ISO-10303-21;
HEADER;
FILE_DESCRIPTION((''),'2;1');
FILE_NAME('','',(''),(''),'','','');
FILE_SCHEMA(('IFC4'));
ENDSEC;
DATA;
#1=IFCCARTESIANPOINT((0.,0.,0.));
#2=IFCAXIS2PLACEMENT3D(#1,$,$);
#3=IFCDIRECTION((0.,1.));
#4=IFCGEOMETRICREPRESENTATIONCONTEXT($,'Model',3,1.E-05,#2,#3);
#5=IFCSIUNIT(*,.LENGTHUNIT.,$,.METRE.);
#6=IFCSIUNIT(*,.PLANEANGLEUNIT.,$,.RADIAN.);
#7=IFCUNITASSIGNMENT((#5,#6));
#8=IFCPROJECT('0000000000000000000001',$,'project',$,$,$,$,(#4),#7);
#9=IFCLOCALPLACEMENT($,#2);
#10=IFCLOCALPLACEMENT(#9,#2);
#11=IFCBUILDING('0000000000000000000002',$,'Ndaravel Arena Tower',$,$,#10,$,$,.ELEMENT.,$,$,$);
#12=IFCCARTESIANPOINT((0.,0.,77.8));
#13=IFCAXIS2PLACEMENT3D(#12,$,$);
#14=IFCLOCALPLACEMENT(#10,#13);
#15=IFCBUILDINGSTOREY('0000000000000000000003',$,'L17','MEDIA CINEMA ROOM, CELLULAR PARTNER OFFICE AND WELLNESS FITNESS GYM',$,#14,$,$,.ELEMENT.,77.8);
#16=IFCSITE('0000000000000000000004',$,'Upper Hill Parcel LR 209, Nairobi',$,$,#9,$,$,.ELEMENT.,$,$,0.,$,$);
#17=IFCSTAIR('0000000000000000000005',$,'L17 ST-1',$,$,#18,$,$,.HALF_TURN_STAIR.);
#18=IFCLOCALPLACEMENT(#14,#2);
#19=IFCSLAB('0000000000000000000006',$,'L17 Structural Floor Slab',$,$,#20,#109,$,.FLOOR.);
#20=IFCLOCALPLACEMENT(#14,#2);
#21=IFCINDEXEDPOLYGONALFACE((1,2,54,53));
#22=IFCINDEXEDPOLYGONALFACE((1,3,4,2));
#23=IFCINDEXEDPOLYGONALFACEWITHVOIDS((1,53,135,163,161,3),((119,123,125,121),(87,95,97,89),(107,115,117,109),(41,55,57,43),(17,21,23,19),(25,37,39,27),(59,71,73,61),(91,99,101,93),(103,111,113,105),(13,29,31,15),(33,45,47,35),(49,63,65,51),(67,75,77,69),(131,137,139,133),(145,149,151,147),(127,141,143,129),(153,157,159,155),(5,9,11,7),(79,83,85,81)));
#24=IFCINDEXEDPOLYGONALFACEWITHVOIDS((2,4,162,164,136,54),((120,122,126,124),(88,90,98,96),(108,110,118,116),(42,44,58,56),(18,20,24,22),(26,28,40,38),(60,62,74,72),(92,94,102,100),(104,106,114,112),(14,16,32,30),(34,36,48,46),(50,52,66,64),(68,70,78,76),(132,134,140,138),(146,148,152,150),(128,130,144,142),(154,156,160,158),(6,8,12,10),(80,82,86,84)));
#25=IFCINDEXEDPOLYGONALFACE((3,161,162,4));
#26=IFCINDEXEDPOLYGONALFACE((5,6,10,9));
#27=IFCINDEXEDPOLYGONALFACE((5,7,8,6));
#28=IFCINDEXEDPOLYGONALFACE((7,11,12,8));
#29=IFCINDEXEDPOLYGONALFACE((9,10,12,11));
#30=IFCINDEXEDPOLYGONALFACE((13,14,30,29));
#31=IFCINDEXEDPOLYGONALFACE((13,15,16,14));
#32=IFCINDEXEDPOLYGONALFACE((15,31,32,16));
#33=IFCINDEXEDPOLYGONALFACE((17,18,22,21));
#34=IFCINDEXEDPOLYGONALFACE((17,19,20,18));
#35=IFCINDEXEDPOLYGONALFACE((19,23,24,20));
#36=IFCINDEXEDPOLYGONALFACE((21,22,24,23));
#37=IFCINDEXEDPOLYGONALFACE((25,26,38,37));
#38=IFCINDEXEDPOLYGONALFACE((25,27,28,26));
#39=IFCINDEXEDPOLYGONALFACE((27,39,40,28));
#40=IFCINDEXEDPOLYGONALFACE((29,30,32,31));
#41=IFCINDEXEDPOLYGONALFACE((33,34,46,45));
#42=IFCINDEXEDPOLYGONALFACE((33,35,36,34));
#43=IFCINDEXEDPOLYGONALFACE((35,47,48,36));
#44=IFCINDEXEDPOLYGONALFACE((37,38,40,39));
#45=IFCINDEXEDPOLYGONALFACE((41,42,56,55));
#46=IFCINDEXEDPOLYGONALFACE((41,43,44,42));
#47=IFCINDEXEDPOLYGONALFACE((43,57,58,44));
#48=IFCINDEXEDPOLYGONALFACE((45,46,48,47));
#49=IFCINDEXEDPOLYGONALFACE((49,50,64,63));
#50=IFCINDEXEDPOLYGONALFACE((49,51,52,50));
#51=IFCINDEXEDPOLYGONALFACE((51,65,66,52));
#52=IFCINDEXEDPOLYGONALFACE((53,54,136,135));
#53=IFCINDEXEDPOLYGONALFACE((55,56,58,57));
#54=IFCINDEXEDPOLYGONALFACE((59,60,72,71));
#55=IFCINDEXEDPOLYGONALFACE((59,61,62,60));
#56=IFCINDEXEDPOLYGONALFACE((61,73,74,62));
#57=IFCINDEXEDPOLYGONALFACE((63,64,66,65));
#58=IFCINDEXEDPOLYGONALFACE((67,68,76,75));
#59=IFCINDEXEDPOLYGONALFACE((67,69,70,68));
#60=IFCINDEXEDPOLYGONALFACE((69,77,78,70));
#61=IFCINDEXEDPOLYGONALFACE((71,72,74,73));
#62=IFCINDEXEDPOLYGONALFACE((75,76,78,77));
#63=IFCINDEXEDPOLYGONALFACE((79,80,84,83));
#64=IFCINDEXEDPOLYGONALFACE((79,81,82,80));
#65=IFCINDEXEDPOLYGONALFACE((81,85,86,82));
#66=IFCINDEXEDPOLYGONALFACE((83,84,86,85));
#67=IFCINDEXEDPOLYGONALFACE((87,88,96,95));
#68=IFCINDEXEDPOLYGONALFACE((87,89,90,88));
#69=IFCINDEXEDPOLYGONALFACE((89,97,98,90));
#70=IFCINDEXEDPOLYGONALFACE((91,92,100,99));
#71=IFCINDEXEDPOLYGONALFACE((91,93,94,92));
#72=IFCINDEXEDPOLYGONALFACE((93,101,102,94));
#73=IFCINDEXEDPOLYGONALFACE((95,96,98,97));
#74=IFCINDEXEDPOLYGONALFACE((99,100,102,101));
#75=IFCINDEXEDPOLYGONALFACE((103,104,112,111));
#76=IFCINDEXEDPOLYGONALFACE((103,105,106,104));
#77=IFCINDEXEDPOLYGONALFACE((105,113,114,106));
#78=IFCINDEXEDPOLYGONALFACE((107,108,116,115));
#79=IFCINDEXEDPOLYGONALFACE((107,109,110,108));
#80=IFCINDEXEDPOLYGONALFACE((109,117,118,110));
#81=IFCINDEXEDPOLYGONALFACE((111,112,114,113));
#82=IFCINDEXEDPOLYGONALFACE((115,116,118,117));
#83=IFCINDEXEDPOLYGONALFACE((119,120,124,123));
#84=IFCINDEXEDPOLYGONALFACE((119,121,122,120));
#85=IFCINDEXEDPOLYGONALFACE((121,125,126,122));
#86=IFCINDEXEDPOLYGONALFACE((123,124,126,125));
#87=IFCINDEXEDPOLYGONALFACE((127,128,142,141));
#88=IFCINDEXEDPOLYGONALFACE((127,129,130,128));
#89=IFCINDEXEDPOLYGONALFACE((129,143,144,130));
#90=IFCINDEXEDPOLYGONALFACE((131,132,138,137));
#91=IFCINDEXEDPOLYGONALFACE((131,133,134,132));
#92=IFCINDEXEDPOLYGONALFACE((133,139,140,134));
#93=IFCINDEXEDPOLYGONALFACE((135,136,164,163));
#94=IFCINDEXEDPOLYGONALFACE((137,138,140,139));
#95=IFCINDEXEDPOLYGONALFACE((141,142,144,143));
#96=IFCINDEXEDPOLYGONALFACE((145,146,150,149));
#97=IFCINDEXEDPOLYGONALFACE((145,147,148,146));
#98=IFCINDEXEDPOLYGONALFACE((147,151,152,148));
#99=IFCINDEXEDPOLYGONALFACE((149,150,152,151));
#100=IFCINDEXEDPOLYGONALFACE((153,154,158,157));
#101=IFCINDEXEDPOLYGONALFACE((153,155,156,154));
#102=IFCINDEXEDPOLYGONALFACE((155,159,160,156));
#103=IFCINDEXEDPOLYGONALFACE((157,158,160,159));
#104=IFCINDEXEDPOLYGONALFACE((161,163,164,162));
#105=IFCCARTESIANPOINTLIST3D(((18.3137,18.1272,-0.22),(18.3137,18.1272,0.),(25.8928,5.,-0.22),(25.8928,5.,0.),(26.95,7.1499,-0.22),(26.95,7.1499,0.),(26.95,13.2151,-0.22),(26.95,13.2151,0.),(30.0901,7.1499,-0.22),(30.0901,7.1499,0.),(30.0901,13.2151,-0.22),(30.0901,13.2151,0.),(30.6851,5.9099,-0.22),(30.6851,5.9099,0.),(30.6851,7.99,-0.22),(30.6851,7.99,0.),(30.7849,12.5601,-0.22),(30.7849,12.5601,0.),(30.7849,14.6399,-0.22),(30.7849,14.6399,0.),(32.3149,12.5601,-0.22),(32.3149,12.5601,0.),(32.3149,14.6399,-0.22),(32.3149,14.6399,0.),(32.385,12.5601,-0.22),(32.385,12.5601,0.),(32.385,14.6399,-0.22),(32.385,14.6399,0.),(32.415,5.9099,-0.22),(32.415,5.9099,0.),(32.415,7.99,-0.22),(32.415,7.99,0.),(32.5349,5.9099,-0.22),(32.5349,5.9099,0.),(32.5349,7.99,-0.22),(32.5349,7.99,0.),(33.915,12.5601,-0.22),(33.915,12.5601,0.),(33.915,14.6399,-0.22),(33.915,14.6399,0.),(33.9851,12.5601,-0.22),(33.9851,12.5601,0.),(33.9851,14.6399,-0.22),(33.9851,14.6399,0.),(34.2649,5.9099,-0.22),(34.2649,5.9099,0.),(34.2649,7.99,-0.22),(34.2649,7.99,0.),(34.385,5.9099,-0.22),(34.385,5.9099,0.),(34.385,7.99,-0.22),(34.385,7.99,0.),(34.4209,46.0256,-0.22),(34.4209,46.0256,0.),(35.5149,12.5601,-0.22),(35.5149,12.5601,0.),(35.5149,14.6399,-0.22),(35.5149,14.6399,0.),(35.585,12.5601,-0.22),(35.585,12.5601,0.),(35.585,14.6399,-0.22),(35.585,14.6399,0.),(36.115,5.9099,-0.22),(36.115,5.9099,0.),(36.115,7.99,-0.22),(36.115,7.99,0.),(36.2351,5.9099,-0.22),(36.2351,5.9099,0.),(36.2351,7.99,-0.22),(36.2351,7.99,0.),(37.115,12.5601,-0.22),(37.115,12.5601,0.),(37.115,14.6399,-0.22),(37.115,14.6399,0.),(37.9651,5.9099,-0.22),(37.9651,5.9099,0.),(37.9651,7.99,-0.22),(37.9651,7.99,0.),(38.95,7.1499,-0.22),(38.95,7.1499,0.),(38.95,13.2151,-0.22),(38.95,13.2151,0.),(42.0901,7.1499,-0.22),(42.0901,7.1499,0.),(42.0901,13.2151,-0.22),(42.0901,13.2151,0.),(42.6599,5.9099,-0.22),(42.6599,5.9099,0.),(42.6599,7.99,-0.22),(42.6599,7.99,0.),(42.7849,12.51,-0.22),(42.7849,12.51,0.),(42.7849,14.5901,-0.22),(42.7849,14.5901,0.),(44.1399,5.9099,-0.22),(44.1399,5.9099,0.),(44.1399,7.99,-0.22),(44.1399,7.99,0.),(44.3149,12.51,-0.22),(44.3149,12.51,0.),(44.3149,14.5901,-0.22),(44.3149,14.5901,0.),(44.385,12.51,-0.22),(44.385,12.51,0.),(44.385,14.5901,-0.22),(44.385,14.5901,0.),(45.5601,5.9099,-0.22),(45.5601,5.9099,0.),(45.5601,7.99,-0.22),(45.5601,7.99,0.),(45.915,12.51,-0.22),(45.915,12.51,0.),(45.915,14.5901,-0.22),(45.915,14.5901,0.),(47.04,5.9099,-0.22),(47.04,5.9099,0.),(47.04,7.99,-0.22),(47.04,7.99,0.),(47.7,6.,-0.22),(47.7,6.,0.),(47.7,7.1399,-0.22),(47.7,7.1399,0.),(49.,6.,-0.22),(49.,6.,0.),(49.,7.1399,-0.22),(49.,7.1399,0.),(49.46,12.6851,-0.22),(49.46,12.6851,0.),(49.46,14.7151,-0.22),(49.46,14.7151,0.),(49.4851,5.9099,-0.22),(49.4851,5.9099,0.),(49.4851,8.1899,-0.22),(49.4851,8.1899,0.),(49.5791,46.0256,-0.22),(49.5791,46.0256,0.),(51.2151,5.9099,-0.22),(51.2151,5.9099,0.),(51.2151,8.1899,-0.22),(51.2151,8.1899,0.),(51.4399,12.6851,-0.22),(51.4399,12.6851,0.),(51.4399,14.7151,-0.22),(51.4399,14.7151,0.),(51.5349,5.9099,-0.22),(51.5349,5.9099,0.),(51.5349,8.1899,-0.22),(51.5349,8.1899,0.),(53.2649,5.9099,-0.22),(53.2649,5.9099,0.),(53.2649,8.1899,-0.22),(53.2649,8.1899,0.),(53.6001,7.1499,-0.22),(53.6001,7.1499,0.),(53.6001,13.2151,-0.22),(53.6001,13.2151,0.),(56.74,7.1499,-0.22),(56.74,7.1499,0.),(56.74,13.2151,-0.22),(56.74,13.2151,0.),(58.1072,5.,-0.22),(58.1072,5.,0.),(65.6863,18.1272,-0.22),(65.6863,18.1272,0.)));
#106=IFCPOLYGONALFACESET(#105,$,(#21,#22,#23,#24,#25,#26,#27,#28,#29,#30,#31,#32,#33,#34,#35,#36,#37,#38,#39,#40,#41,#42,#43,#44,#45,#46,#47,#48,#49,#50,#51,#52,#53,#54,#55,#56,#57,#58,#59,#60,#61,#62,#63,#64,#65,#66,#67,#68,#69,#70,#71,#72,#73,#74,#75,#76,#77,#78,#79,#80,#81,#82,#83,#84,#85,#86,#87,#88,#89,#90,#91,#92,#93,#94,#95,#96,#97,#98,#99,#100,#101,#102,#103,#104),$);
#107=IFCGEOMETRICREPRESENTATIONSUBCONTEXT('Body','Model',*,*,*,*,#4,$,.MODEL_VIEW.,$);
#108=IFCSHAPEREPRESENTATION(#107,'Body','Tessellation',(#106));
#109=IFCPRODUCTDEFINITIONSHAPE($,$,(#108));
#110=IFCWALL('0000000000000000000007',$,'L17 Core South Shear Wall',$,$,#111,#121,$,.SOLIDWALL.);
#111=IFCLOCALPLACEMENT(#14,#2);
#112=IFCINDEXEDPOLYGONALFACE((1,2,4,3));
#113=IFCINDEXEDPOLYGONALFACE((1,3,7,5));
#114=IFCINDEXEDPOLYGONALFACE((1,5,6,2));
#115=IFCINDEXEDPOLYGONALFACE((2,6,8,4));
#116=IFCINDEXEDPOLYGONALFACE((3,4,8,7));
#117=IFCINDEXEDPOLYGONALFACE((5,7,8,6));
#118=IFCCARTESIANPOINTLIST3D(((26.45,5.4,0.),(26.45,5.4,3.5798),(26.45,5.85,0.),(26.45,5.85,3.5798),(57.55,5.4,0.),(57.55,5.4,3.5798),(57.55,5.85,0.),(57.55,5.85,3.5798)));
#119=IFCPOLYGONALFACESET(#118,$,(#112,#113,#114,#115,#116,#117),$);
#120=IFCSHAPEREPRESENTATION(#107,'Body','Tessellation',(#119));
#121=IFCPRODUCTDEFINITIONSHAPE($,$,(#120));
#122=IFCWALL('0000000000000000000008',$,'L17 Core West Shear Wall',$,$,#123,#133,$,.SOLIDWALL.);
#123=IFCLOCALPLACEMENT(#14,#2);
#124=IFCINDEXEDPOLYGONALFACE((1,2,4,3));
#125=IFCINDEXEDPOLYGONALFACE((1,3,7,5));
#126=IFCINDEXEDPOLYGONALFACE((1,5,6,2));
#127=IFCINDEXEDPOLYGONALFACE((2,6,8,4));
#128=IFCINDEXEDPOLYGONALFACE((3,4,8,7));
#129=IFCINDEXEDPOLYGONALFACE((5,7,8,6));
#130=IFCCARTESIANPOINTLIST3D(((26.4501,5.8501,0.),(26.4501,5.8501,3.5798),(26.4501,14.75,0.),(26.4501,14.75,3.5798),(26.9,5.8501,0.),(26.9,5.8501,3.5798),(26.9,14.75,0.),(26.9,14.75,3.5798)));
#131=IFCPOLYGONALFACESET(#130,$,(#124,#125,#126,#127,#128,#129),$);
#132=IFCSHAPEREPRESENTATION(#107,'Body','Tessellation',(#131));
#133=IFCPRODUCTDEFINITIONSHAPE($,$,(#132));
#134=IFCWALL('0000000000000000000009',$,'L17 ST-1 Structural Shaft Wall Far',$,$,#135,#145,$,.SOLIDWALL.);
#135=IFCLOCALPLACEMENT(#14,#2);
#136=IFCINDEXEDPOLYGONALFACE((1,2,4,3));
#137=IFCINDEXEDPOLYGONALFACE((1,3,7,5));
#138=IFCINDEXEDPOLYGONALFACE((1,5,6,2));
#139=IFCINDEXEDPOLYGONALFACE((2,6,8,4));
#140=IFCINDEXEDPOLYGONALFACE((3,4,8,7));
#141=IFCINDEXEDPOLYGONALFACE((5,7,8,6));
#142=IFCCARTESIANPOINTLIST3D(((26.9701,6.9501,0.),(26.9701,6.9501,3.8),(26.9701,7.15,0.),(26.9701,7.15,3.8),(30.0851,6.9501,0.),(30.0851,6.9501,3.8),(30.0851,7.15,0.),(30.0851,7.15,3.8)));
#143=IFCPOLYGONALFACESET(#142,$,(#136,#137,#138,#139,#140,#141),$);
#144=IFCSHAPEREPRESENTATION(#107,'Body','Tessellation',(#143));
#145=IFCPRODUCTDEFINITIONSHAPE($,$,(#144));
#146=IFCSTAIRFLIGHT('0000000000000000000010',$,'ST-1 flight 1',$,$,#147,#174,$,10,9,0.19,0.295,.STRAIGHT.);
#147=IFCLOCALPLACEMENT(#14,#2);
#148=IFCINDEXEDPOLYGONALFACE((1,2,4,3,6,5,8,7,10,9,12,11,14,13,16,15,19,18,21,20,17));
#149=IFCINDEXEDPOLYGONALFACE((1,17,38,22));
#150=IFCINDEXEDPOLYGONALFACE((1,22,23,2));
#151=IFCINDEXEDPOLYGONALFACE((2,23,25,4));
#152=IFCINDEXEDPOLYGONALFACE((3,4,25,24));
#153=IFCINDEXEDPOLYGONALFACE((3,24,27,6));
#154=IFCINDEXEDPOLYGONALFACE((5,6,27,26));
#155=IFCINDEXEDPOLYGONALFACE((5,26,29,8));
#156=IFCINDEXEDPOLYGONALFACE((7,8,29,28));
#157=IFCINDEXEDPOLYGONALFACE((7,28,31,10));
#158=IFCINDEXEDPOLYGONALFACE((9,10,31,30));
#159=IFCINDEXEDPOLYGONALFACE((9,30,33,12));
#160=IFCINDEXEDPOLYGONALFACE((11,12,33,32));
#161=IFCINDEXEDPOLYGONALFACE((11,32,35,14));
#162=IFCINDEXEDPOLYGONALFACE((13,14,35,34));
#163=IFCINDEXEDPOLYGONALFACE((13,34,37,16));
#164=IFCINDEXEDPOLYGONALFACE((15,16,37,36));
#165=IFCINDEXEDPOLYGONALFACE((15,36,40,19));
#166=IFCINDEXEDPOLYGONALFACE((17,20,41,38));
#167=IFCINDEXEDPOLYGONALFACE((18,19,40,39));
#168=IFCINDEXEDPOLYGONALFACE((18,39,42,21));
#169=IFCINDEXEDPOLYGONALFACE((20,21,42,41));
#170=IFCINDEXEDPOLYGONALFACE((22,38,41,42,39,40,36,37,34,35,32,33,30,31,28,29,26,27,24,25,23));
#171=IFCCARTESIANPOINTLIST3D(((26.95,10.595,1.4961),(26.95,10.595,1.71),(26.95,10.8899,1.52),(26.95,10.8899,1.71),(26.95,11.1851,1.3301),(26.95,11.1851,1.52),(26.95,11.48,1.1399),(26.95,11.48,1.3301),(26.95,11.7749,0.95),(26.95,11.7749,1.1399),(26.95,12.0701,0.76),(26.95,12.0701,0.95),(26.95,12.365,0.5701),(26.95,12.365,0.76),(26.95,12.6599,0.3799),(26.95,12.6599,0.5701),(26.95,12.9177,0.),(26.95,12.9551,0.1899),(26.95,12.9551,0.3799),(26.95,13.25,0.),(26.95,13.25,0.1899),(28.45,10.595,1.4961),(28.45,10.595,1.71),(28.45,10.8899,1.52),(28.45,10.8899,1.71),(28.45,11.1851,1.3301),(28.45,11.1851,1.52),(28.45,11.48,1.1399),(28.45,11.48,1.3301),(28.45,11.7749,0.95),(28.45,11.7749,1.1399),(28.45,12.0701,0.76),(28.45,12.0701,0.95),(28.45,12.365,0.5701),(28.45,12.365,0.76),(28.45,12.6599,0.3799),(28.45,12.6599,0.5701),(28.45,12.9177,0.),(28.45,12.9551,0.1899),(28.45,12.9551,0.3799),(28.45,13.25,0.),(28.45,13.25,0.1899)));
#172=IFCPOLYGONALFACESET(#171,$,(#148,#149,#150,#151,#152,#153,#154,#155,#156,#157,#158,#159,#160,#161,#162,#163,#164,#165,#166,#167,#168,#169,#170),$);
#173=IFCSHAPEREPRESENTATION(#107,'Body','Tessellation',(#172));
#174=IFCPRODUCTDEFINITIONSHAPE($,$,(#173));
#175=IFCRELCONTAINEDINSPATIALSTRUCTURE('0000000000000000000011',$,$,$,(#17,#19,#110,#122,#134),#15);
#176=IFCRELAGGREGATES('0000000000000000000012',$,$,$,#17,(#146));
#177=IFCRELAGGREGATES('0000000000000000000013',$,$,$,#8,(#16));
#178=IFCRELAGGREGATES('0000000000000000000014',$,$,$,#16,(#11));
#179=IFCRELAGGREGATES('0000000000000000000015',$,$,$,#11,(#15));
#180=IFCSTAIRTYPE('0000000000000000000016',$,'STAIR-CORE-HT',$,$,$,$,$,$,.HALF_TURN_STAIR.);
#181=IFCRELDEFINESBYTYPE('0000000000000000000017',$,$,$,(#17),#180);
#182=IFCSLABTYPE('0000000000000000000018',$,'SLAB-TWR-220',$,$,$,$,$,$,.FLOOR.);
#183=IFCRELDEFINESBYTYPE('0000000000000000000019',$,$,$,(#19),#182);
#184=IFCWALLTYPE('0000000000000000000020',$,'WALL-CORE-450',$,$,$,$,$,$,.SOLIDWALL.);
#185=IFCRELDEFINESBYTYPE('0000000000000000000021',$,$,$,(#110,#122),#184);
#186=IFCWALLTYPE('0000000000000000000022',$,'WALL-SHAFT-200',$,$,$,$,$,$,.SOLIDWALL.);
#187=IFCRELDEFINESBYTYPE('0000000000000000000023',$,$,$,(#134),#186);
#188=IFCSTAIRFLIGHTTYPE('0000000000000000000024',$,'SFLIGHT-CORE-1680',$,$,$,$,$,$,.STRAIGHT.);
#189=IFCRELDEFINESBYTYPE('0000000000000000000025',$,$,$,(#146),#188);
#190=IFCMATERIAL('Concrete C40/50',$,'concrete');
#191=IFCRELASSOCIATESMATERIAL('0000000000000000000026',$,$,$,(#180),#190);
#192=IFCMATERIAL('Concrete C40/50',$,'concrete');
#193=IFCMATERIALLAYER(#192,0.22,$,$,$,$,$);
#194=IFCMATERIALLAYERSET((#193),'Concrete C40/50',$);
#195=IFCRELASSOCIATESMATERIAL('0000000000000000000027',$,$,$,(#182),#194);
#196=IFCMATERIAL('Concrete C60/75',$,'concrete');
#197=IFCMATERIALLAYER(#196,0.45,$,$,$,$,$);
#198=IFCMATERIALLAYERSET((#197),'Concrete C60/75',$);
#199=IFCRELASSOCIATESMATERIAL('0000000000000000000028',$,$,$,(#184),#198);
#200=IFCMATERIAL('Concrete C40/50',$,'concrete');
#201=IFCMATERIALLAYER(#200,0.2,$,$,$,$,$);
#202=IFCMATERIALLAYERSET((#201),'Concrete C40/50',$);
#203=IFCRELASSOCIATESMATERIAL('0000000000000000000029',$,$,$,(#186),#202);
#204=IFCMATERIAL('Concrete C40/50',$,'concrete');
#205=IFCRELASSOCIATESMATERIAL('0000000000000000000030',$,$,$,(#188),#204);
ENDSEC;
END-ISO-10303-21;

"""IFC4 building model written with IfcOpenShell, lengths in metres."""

from ifc_helpers import new_model, si_unit, direction, frame, frame_2d, origin, place, context, subcontext, project, spatial, polyline, rectangle, outline, extrude, material, layer, layer_set, type_object, element, aggregate, save


model = new_model("IFC4")

# Units and contexts
model_context = context("Model", 3, precision=1e-05, world=origin(), true_north=direction((0.0, 1.0)))
body_context = subcontext(model_context, "Body", "Model", "MODEL_VIEW")
ifc_project = project(units=[si_unit("LENGTHUNIT", "METRE"), si_unit("PLANEANGLEUNIT", "RADIAN")], contexts=[model_context])

# Site, building, storey
site_placement = place(None, origin())
site = spatial("IfcSite", under=ifc_project, at=site_placement, Name="Upper Hill Parcel LR 209, Nairobi", CompositionType="ELEMENT", RefElevation=0.0)
building_placement = place(site_placement, origin())
building = spatial("IfcBuilding", under=site, at=building_placement, Name="Ndaravel Arena Tower", CompositionType="ELEMENT")
storey_placement = place(building_placement, frame((0.0, 0.0, 77.8)))
storey = spatial("IfcBuildingStorey", under=building, at=storey_placement, Name="L17", Description="MEDIA CINEMA ROOM, CELLULAR PARTNER OFFICE AND WELLNESS FITNESS GYM", CompositionType="ELEMENT", Elevation=77.8)

# Stair
ifc_material_1 = material(Name="Concrete C40/50", Category="concrete")
stair_type = type_object("IfcStairType", Name="STAIR-CORE-HT", PredefinedType="HALF_TURN_STAIR", material=ifc_material_1)
stair_1_placement = place(storey_placement, origin())
stair_1 = element("IfcStair", 1, at=stair_1_placement, inside=storey, type_object=stair_type, Name="L17 ST-1", PredefinedType="HALF_TURN_STAIR")

# Slab
ifc_material_2 = material(Name="Concrete C40/50", Category="concrete")
ifc_layer_1 = layer(ifc_material_2, 0.22)
ifc_layer_set_1 = layer_set([ifc_layer_1], Name="Concrete C40/50")
slab_type_1 = type_object("IfcSlabType", Name="SLAB-TWR-220", PredefinedType="FLOOR", material=ifc_layer_set_1)
slab_1_placement = place(storey_placement, frame((0.0, 0.0, -0.22)))
element("IfcSlab", 2, at=slab_1_placement, inside=storey, type_object=slab_type_1, Name="L17 Structural Floor Slab", PredefinedType="FLOOR", context=body_context, shape_type="SweptSolid", body=[
    extrude(outline(polyline([(18.3137, 18.1272), (25.8928, 5.0), (58.1072, 5.0), (65.6863, 18.1272), (49.5791, 46.0256), (34.4209, 46.0256), (18.3137, 18.1272)]), holes=[polyline([(26.95, 13.2151), (26.95, 7.1499), (30.0901, 7.1499), (30.0901, 13.2151), (26.95, 13.2151)]), polyline([(38.95, 13.2151), (38.95, 7.1499), (42.0901, 7.1499), (42.0901, 13.2151), (38.95, 13.2151)]), polyline([(53.6001, 13.2151), (53.6001, 7.1499), (56.74, 7.1499), (56.74, 13.2151), (53.6001, 13.2151)]), polyline([(30.6851, 5.9099), (32.415, 5.9099), (32.415, 7.99), (30.6851, 7.99), (30.6851, 5.9099)]), polyline([(32.5349, 5.9099), (34.2649, 5.9099), (34.2649, 7.99), (32.5349, 7.99), (32.5349, 5.9099)]), polyline([(34.385, 5.9099), (36.115, 5.9099), (36.115, 7.99), (34.385, 7.99), (34.385, 5.9099)]), polyline([(36.2351, 5.9099), (37.9651, 5.9099), (37.9651, 7.99), (36.2351, 7.99), (36.2351, 5.9099)]), polyline([(30.7849, 12.5601), (32.3149, 12.5601), (32.3149, 14.6399), (30.7849, 14.6399), (30.7849, 12.5601)]), polyline([(32.385, 12.5601), (33.915, 12.5601), (33.915, 14.6399), (32.385, 14.6399), (32.385, 12.5601)]), polyline([(33.9851, 12.5601), (35.5149, 12.5601), (35.5149, 14.6399), (33.9851, 14.6399), (33.9851, 12.5601)]), polyline([(35.585, 12.5601), (37.115, 12.5601), (37.115, 14.6399), (35.585, 14.6399), (35.585, 12.5601)]), polyline([(42.6599, 5.9099), (44.1399, 5.9099), (44.1399, 7.99), (42.6599, 7.99), (42.6599, 5.9099)]), polyline([(45.5601, 5.9099), (47.04, 5.9099), (47.04, 7.99), (45.5601, 7.99), (45.5601, 5.9099)]), polyline([(42.7849, 12.51), (44.3149, 12.51), (44.3149, 14.5901), (42.7849, 14.5901), (42.7849, 12.51)]), polyline([(44.385, 12.51), (45.915, 12.51), (45.915, 14.5901), (44.385, 14.5901), (44.385, 12.51)]), polyline([(49.4851, 5.9099), (51.2151, 5.9099), (51.2151, 8.1899), (49.4851, 8.1899), (49.4851, 5.9099)]), polyline([(51.5349, 5.9099), (53.2649, 5.9099), (53.2649, 8.1899), (51.5349, 8.1899), (51.5349, 5.9099)]), polyline([(49.46, 12.6851), (51.4399, 12.6851), (51.4399, 14.7151), (49.46, 14.7151), (49.46, 12.6851)]), polyline([(47.7, 6.0), (49.0, 6.0), (49.0, 7.1399), (47.7, 7.1399), (47.7, 6.0)])]), origin(), (0.0, 0.0, 1.0), 0.22),
])

# Walls
ifc_material_3 = material(Name="Concrete C60/75", Category="concrete")
ifc_layer_2 = layer(ifc_material_3, 0.45)
ifc_layer_set_2 = layer_set([ifc_layer_2], Name="Concrete C60/75")
wall_type_1 = type_object("IfcWallType", Name="WALL-CORE-450", PredefinedType="SOLIDWALL", material=ifc_layer_set_2)
wall_1_placement = place(storey_placement, frame((26.45, 5.625, 0.0), z_axis=(0.0, 0.0, 1.0), x_axis=(1.0, 0.0, 0.0)))
element("IfcWall", 3, at=wall_1_placement, inside=storey, type_object=wall_type_1, Name="L17 Core South Shear Wall", PredefinedType="SOLIDWALL", context=body_context, shape_type="SweptSolid", body=[
    extrude(rectangle(XDim=31.1001, YDim=0.45, at=frame_2d((15.55, 0.0))), origin(), (0.0, 0.0, 1.0), 3.5798),
])
wall_2_placement = place(storey_placement, frame((26.675, 5.8501, 0.0), z_axis=(0.0, 0.0, 1.0), x_axis=(0.0, 1.0, 0.0)))
element("IfcWall", 4, at=wall_2_placement, inside=storey, type_object=wall_type_1, Name="L17 Core West Shear Wall", PredefinedType="SOLIDWALL", context=body_context, shape_type="SweptSolid", body=[
    extrude(rectangle(XDim=8.8999, YDim=0.45, at=frame_2d((4.45, 0.0))), origin(), (0.0, 0.0, 1.0), 3.5798),
])
ifc_material_4 = material(Name="Concrete C40/50", Category="concrete")
ifc_layer_3 = layer(ifc_material_4, 0.2)
ifc_layer_set_3 = layer_set([ifc_layer_3], Name="Concrete C40/50")
wall_type_2 = type_object("IfcWallType", Name="WALL-SHAFT-200", PredefinedType="SOLIDWALL", material=ifc_layer_set_3)
wall_3_placement = place(storey_placement, frame((26.97, 7.05, 0.0), z_axis=(0.0, 0.0, 1.0), x_axis=(1.0, 0.0, 0.0)))
element("IfcWall", 5, at=wall_3_placement, inside=storey, type_object=wall_type_2, Name="L17 ST-1 Structural Shaft Wall Far", PredefinedType="SOLIDWALL", context=body_context, shape_type="SweptSolid", body=[
    extrude(rectangle(XDim=3.115, YDim=0.2, at=frame_2d((1.5576, 0.0))), origin(), (0.0, 0.0, 1.0), 3.8),
])

# Stair flight
ifc_material_5 = material(Name="Concrete C40/50", Category="concrete")
stair_flight_type = type_object("IfcStairFlightType", Name="SFLIGHT-CORE-1680", PredefinedType="STRAIGHT", material=ifc_material_5)
stair_flight_1_placement = place(storey_placement, frame((27.7, 13.25, 0.0), z_axis=(0.0, 0.0, 1.0), x_axis=(0.0, -1.0, 0.0)))
stair_flight_1 = element("IfcStairFlight", 6, at=stair_flight_1_placement, type_object=stair_flight_type, Name="ST-1 flight 1", NumberOfRisers=10, NumberOfTreads=9, PredefinedType="STRAIGHT", RiserHeight=0.19, TreadLength=0.295, context=body_context, shape_type="SweptSolid", body=[
    extrude(outline(polyline([(0.0, 0.0), (0.0, 0.1899), (0.2949, 0.1899), (0.2949, 0.3799), (0.5901, 0.3799), (0.5901, 0.5701), (0.885, 0.5701), (0.885, 0.76), (1.1799, 0.76), (1.1799, 0.95), (1.4751, 0.95), (1.4751, 1.1399), (1.77, 1.1399), (1.77, 1.3301), (2.0649, 1.3301), (2.0649, 1.52), (2.3601, 1.52), (2.3601, 1.71), (2.655, 1.71), (2.655, 1.8999), (2.655, 1.4961), (0.3323, 0.0), (0.0, 0.0)])), frame((0.0, 0.75, 0.0), z_axis=(0.0, -1.0, 0.0), x_axis=(1.0, 0.0, 0.0)), (0.0, 0.0, 1.0), 1.5),
])
aggregate(stair_1, [stair_flight_1])

save(model, "model.ifc")
